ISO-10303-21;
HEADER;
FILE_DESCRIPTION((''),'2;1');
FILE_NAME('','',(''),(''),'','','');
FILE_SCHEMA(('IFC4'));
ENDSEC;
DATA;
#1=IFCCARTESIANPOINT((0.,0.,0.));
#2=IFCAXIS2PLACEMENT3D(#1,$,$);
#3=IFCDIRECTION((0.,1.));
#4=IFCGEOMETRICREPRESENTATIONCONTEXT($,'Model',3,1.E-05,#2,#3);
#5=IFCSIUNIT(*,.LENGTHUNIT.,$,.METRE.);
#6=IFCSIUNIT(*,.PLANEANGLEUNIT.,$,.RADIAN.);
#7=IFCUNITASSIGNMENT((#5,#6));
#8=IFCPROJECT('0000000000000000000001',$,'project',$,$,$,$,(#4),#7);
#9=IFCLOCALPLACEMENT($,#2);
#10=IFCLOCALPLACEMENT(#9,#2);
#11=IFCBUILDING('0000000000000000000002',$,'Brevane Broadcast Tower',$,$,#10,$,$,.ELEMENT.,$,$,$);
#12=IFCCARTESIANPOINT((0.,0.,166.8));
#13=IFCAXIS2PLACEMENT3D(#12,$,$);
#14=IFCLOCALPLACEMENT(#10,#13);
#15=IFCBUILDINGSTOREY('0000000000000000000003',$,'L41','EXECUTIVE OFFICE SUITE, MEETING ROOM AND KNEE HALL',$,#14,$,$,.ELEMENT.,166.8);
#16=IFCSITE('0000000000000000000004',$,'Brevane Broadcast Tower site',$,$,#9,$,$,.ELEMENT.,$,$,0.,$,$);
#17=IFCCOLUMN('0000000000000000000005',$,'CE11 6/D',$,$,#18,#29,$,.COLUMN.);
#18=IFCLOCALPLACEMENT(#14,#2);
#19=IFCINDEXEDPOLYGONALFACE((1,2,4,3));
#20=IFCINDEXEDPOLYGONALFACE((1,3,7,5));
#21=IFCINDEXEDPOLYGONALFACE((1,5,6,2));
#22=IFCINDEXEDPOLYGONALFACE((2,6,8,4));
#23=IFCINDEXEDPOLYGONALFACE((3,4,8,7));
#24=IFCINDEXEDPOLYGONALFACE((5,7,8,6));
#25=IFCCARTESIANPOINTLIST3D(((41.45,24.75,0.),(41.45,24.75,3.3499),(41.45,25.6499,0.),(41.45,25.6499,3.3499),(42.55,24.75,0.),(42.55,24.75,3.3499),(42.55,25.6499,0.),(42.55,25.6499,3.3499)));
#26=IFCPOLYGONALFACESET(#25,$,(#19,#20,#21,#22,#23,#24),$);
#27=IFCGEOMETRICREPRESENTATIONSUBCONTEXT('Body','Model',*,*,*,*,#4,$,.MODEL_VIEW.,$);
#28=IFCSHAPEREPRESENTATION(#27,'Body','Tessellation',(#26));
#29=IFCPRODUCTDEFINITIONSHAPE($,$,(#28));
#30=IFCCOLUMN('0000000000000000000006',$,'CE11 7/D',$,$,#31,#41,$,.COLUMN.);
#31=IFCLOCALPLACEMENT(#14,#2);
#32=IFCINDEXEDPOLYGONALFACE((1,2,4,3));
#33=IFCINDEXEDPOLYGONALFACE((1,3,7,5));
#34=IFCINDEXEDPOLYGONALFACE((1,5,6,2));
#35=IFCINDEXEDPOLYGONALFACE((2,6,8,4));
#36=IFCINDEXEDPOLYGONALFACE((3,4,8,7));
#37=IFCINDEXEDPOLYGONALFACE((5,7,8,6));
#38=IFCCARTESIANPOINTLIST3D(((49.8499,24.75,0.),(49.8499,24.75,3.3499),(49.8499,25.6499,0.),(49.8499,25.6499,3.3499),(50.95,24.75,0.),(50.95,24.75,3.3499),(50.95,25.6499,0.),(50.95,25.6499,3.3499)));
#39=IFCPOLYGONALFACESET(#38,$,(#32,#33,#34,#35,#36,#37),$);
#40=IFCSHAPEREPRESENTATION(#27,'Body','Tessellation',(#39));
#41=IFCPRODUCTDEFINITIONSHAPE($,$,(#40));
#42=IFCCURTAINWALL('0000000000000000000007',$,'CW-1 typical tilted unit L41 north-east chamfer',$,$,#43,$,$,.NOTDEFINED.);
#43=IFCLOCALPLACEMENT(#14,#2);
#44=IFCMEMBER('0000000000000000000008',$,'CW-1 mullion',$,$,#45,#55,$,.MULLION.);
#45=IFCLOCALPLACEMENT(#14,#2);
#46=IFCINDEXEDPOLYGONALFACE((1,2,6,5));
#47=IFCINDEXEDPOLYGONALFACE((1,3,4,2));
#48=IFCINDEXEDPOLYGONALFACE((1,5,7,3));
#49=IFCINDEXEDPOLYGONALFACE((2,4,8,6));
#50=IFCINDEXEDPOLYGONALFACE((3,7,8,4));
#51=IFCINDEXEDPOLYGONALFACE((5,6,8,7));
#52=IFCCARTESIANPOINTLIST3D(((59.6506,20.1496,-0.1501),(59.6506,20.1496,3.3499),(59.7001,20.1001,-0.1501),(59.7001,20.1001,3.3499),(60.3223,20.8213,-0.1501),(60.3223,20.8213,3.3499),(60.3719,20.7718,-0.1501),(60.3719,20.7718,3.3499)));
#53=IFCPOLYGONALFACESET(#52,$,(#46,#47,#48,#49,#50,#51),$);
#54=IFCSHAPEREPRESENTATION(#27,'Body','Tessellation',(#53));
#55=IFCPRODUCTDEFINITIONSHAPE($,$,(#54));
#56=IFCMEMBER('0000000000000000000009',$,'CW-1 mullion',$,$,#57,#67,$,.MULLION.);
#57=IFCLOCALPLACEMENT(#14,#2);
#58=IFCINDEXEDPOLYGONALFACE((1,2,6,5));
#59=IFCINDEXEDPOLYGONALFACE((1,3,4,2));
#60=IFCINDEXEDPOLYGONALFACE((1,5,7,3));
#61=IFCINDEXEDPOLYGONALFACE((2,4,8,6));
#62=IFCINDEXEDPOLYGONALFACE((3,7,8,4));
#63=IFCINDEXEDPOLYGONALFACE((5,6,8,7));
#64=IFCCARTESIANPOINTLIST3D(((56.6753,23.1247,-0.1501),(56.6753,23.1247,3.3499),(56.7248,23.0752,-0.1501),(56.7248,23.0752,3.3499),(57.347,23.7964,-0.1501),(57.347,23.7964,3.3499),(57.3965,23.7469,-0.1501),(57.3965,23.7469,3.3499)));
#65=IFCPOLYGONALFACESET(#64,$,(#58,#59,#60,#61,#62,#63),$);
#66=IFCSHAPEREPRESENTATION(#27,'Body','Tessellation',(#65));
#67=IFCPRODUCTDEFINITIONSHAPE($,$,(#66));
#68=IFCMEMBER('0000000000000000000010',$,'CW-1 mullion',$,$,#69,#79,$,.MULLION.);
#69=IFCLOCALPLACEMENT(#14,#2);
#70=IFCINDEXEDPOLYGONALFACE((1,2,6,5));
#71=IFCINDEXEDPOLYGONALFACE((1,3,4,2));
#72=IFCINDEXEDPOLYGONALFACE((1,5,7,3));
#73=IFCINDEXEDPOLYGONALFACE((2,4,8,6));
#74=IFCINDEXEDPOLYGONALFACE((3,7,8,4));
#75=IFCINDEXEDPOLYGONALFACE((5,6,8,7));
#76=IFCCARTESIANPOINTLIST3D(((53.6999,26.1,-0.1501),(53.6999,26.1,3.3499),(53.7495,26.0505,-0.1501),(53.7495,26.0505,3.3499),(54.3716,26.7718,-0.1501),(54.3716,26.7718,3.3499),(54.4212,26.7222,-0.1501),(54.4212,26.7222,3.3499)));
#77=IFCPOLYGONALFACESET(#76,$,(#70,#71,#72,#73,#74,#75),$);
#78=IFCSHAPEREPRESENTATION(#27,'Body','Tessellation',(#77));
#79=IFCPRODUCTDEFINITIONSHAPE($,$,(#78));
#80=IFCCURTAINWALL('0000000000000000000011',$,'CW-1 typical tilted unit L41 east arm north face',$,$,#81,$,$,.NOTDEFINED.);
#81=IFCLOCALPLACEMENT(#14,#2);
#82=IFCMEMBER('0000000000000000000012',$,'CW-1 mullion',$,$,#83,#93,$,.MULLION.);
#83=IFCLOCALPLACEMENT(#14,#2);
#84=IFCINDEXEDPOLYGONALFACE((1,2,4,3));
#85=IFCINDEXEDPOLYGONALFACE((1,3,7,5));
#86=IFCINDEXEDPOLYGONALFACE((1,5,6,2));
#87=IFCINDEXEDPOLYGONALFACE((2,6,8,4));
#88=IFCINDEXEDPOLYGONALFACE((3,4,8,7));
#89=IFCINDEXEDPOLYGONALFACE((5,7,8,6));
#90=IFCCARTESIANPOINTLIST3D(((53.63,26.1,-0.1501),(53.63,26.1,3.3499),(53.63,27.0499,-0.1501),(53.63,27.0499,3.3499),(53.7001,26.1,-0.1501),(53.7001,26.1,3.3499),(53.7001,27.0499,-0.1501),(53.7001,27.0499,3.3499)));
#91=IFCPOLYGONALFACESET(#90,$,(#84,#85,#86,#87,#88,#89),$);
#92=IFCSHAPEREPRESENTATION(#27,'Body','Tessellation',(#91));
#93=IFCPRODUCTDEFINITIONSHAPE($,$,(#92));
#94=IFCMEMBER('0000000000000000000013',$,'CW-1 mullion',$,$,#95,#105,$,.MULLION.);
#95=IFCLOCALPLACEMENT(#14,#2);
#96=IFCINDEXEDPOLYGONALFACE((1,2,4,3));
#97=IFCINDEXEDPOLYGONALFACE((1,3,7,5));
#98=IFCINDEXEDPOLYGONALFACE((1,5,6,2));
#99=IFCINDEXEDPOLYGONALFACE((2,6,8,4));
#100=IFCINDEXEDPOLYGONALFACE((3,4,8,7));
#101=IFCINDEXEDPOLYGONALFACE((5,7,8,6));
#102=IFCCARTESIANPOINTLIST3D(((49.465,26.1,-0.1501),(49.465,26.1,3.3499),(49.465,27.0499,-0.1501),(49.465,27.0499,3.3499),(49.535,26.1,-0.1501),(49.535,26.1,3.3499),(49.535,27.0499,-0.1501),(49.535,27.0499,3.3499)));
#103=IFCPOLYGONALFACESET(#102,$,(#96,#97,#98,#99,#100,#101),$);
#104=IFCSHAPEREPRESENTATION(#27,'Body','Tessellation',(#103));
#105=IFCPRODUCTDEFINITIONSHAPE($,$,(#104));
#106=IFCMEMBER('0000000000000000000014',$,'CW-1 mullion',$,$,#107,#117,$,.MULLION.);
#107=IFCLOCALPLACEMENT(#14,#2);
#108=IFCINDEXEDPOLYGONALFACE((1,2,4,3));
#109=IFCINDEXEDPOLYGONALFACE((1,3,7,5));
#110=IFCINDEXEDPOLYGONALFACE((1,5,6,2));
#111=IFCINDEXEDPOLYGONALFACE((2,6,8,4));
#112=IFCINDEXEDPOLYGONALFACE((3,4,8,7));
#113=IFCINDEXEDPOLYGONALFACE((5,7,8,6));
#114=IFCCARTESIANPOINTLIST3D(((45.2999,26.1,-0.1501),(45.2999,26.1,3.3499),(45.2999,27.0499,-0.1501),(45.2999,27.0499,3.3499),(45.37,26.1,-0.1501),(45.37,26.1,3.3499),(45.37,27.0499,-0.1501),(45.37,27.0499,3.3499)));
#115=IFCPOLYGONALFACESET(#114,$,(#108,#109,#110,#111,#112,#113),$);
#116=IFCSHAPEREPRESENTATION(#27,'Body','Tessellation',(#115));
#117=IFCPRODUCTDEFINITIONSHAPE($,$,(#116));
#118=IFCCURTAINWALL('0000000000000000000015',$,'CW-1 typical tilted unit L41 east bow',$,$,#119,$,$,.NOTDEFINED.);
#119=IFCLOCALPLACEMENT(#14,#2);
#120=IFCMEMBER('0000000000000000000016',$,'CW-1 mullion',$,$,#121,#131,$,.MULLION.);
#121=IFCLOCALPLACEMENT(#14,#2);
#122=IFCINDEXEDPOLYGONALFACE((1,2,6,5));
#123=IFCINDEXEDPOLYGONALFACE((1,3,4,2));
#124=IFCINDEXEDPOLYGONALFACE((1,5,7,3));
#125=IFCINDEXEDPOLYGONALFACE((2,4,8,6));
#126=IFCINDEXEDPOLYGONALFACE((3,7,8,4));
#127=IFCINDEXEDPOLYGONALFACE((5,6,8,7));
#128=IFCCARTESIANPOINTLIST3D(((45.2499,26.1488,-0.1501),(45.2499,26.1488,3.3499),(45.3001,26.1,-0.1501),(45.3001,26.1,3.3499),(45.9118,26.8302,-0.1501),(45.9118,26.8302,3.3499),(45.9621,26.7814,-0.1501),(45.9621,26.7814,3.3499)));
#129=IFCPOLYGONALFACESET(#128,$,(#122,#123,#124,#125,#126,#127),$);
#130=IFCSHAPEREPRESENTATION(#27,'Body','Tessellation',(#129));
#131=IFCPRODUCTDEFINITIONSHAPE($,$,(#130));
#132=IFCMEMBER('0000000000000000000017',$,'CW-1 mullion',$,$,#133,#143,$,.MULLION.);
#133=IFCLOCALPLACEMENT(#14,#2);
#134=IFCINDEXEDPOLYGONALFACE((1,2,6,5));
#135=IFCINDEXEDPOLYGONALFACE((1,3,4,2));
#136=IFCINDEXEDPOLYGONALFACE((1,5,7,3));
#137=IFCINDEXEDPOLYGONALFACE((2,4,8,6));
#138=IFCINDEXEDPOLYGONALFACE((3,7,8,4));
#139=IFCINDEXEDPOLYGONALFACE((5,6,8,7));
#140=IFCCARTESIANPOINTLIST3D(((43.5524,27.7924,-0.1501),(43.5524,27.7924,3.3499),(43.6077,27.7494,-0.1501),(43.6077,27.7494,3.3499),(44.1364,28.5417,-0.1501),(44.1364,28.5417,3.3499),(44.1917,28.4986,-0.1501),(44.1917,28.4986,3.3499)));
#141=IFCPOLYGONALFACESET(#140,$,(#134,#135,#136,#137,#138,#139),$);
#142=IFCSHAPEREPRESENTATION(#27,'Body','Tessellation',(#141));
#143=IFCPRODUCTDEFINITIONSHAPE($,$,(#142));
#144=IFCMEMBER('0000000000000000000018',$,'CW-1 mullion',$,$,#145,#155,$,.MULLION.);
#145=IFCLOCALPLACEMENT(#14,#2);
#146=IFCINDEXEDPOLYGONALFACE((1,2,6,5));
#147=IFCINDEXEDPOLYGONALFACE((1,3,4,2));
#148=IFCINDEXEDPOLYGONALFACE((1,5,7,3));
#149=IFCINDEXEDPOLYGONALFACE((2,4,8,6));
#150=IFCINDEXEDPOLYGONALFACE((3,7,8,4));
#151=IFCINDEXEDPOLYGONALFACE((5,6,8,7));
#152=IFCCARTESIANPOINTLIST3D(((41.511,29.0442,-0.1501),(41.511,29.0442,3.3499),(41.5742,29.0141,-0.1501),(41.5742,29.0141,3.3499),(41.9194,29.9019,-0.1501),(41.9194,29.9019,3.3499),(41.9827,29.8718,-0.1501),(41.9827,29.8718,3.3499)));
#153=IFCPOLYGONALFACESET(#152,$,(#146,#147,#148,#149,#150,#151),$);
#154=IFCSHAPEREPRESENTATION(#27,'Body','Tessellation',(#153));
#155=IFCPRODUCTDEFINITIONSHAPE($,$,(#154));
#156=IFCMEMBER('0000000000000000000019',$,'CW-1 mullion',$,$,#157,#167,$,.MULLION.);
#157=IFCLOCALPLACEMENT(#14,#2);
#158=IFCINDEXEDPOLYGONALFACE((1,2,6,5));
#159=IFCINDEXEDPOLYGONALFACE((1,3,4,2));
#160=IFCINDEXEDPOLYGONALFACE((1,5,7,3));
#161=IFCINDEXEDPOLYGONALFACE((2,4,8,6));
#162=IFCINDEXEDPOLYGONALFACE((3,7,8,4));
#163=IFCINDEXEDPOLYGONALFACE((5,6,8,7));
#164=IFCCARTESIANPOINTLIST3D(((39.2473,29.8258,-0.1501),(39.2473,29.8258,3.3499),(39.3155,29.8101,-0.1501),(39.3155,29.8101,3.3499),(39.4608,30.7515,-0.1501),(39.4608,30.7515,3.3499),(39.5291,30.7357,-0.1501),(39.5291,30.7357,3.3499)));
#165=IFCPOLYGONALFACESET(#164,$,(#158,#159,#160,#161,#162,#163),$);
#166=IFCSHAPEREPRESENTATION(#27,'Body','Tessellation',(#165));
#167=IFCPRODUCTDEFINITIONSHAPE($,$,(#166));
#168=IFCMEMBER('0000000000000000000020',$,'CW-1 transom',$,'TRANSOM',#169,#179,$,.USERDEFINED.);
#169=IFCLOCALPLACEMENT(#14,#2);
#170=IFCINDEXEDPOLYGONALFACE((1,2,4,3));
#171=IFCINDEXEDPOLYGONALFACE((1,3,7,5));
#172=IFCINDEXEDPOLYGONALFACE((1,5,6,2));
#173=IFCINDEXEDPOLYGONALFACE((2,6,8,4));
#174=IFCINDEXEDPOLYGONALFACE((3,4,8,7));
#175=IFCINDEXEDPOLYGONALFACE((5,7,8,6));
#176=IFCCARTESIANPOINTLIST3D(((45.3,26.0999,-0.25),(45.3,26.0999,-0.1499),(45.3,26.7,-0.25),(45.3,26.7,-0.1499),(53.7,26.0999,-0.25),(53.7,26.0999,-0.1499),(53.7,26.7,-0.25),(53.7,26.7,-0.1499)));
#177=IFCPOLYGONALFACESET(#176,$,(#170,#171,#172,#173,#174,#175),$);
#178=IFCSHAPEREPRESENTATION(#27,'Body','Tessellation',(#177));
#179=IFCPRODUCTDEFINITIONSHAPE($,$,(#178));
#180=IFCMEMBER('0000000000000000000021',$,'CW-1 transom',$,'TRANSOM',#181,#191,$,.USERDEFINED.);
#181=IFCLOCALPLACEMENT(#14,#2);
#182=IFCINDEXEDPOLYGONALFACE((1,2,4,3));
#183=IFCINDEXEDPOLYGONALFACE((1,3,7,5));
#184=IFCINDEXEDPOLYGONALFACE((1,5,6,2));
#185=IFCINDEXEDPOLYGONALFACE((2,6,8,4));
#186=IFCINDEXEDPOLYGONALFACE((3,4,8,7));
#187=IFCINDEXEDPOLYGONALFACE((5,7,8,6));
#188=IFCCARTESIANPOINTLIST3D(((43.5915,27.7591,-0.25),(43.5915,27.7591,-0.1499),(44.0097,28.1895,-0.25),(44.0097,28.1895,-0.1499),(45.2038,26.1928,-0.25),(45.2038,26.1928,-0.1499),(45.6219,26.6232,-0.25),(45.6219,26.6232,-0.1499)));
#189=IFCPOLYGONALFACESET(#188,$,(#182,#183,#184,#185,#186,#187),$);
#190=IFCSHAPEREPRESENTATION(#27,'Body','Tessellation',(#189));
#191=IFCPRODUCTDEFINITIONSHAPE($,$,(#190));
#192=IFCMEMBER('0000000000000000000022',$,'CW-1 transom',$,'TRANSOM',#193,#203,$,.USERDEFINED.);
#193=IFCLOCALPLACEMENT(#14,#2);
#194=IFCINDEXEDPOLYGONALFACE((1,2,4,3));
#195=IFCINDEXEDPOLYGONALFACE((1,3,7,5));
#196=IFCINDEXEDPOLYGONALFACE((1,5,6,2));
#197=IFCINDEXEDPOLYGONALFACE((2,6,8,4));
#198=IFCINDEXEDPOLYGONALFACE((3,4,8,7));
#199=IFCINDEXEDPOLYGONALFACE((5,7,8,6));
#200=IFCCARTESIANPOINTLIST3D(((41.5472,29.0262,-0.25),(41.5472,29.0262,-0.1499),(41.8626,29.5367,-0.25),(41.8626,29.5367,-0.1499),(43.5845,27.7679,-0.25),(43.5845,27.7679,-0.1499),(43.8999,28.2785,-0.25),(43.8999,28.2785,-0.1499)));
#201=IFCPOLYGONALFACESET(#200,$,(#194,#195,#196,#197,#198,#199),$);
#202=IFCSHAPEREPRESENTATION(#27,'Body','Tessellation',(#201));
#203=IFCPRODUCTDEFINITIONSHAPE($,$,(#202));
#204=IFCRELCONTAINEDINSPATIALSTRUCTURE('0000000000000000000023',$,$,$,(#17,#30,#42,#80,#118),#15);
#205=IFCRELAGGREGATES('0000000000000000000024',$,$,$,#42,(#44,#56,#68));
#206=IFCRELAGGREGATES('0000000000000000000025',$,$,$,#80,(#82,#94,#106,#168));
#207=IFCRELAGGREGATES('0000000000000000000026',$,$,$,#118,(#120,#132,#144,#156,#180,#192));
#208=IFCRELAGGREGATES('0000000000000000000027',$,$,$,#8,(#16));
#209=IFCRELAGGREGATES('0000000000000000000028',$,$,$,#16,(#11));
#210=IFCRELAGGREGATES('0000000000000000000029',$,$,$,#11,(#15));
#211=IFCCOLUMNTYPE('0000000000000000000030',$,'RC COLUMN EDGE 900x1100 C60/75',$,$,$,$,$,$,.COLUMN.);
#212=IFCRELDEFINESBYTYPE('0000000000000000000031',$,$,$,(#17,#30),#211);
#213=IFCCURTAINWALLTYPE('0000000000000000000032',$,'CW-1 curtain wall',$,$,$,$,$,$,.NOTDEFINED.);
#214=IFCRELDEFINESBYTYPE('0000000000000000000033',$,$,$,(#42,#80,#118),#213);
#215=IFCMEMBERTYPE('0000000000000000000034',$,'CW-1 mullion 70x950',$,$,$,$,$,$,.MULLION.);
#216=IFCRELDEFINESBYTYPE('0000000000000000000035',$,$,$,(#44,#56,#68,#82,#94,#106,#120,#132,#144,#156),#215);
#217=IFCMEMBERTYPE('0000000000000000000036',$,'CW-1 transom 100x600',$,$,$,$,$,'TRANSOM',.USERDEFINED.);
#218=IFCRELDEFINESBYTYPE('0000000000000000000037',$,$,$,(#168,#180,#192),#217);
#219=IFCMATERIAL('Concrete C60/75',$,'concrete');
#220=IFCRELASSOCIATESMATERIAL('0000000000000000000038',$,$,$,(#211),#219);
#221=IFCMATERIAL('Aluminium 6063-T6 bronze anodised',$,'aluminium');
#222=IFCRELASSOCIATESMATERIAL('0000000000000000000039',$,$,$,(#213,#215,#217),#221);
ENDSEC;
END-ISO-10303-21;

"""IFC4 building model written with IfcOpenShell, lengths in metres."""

from ifc_helpers import new_model, si_unit, direction, frame, origin, origin_2d, place, context, subcontext, project, spatial, rectangle, extrude, material, material_profile, profile_set, type_object, element, aggregate, save


model = new_model("IFC4")

# Units and contexts
model_context = context("Model", 3, precision=1e-05, world=origin(), true_north=direction((0.0, 1.0)))
body_context = subcontext(model_context, "Body", "Model", "MODEL_VIEW")
ifc_project = project(units=[si_unit("LENGTHUNIT", "METRE"), si_unit("PLANEANGLEUNIT", "RADIAN")], contexts=[model_context])

# Site, building, storey
site_placement = place(None, origin())
site = spatial("IfcSite", under=ifc_project, at=site_placement, Name="Brevane Broadcast Tower site", CompositionType="ELEMENT", RefElevation=0.0)
building_placement = place(site_placement, origin())
building = spatial("IfcBuilding", under=site, at=building_placement, Name="Brevane Broadcast Tower", CompositionType="ELEMENT")
storey_placement = place(building_placement, frame((0.0, 0.0, 166.8)))
storey = spatial("IfcBuildingStorey", under=building, at=storey_placement, Name="L41", Description="EXECUTIVE OFFICE SUITE, MEETING ROOM AND KNEE HALL", CompositionType="ELEMENT", Elevation=166.8)

# Columns
ifc_material_1 = material(Name="Concrete C60/75", Category="concrete")
ifc_material_profile_1 = material_profile(ifc_material_1, rectangle(XDim=0.8999, YDim=1.1001, at=origin_2d()), Name="RC 900x1100")
ifc_profile_set_1 = profile_set([ifc_material_profile_1], Name="Concrete C60/75")
column_type = type_object("IfcColumnType", Name="RC COLUMN EDGE 900x1100 C60/75", PredefinedType="COLUMN", material=ifc_profile_set_1)
for number, where, z_axis, x_axis, name in (
    (1, (42.0, 25.2, 0.0), (0.0, 0.0, 1.0), (0.0, 1.0, 0.0), "CE11 6/D"),
    (2, (50.3999, 25.2, 0.0), (0.0, 0.0, 1.0), (0.0, 1.0, 0.0), "CE11 7/D"),
):
    element("IfcColumn", number, at=place(storey_placement, frame(where, z_axis=z_axis, x_axis=x_axis)), inside=storey, type_object=column_type, Name=name, PredefinedType="COLUMN", context=body_context, shape_type="SweptSolid", body=[
        extrude(rectangle(XDim=0.8999, YDim=1.1001, at=origin_2d()), origin(), (0.0, 0.0, 1.0), 3.3499),
    ])

# Curtain walls, members
ifc_material_2 = material(Name="Aluminium 6063-T6 bronze anodised", Category="aluminium")
curtain_wall_type = type_object("IfcCurtainWallType", Name="CW-1 curtain wall", PredefinedType="NOTDEFINED", material=ifc_material_2)
curtain_wall_1_placement = place(storey_placement, origin())
curtain_wall_1 = element("IfcCurtainWall", 3, at=curtain_wall_1_placement, inside=storey, type_object=curtain_wall_type, Name="CW-1 typical tilted unit L41 north-east chamfer", PredefinedType="NOTDEFINED")
ifc_material_profile_2 = material_profile(ifc_material_2, rectangle(XDim=0.95, YDim=0.0701, at=origin_2d()), Name="RECT 70x950")
ifc_profile_set_2 = profile_set([ifc_material_profile_2], Name="Aluminium 6063-T6 bronze anodised")
member_type_1 = type_object("IfcMemberType", Name="CW-1 mullion 70x950", PredefinedType="MULLION", material=ifc_profile_set_2)
member_1_placement = place(storey_placement, frame((60.0112, 20.4607, -0.1501), z_axis=(0.0, 0.0, 1.0), x_axis=(-0.707107, -0.707107, 0.0)))
member_1 = element("IfcMember", 4, at=member_1_placement, type_object=member_type_1, Name="CW-1 mullion", PredefinedType="MULLION", context=body_context, shape_type="SweptSolid", body=[
    extrude(rectangle(XDim=0.95, YDim=0.0701, at=origin_2d()), origin(), (0.0, 0.0, 1.0), 3.5),
])
member_2_placement = place(storey_placement, frame((57.0359, 23.4358, -0.1501), z_axis=(0.0, 0.0, 1.0), x_axis=(-0.707107, -0.707107, 0.0)))
member_2 = element("IfcMember", 5, at=member_2_placement, type_object=member_type_1, Name="CW-1 mullion", PredefinedType="MULLION", context=body_context, shape_type="SweptSolid", body=[
    extrude(rectangle(XDim=0.95, YDim=0.0701, at=origin_2d()), origin(), (0.0, 0.0, 1.0), 3.5),
])
member_3_placement = place(storey_placement, frame((54.0605, 26.4111, -0.1501), z_axis=(0.0, 0.0, 1.0), x_axis=(-0.707107, -0.707107, 0.0)))
member_3 = element("IfcMember", 6, at=member_3_placement, type_object=member_type_1, Name="CW-1 mullion", PredefinedType="MULLION", context=body_context, shape_type="SweptSolid", body=[
    extrude(rectangle(XDim=0.95, YDim=0.0701, at=origin_2d()), origin(), (0.0, 0.0, 1.0), 3.5),
])
aggregate(curtain_wall_1, [member_1, member_2, member_3])
curtain_wall_2_placement = place(storey_placement, origin())
curtain_wall_2 = element("IfcCurtainWall", 7, at=curtain_wall_2_placement, inside=storey, type_object=curtain_wall_type, Name="CW-1 typical tilted unit L41 east arm north face", PredefinedType="NOTDEFINED")
member_4_placement = place(storey_placement, frame((53.665, 26.575, -0.1501), z_axis=(0.0, 0.0, 1.0), x_axis=(0.0, -1.0, 0.0)))
member_4 = element("IfcMember", 8, at=member_4_placement, type_object=member_type_1, Name="CW-1 mullion", PredefinedType="MULLION", context=body_context, shape_type="SweptSolid", body=[
    extrude(rectangle(XDim=0.95, YDim=0.0701, at=origin_2d()), origin(), (0.0, 0.0, 1.0), 3.5),
])
member_5_placement = place(storey_placement, frame((49.5, 26.575, -0.1501), z_axis=(0.0, 0.0, 1.0), x_axis=(0.0, -1.0, 0.0)))
member_5 = element("IfcMember", 9, at=member_5_placement, type_object=member_type_1, Name="CW-1 mullion", PredefinedType="MULLION", context=body_context, shape_type="SweptSolid", body=[
    extrude(rectangle(XDim=0.95, YDim=0.0701, at=origin_2d()), origin(), (0.0, 0.0, 1.0), 3.5),
])
member_6_placement = place(storey_placement, frame((45.335, 26.575, -0.1501), z_axis=(0.0, 0.0, 1.0), x_axis=(0.0, -1.0, 0.0)))
member_6 = element("IfcMember", 10, at=member_6_placement, type_object=member_type_1, Name="CW-1 mullion", PredefinedType="MULLION", context=body_context, shape_type="SweptSolid", body=[
    extrude(rectangle(XDim=0.95, YDim=0.0701, at=origin_2d()), origin(), (0.0, 0.0, 1.0), 3.5),
])
curtain_wall_3_placement = place(storey_placement, origin())
curtain_wall_3 = element("IfcCurtainWall", 11, at=curtain_wall_3_placement, inside=storey, type_object=curtain_wall_type, Name="CW-1 typical tilted unit L41 east bow", PredefinedType="NOTDEFINED")
member_7_placement = place(storey_placement, frame((45.606, 26.4651, -0.1501), z_axis=(0.0, 0.0, 1.0), x_axis=(-0.696812, -0.717254, 0.0)))
member_7 = element("IfcMember", 12, at=member_7_placement, type_object=member_type_1, Name="CW-1 mullion", PredefinedType="MULLION", context=body_context, shape_type="SweptSolid", body=[
    extrude(rectangle(XDim=0.95, YDim=0.0701, at=origin_2d()), origin(), (0.0, 0.0, 1.0), 3.5),
])
member_8_placement = place(storey_placement, frame((43.8721, 28.1455, -0.1501), z_axis=(0.0, 0.0, 1.0), x_axis=(-0.61477, -0.788707, 0.0)))
member_8 = element("IfcMember", 13, at=member_8_placement, type_object=member_type_1, Name="CW-1 mullion", PredefinedType="MULLION", context=body_context, shape_type="SweptSolid", body=[
    extrude(rectangle(XDim=0.95, YDim=0.0701, at=origin_2d()), origin(), (0.0, 0.0, 1.0), 3.5),
])
member_9_placement = place(storey_placement, frame((41.7468, 29.458, -0.1501), z_axis=(0.0, 0.0, 1.0), x_axis=(-0.429934, -0.902861, 0.0)))
member_9 = element("IfcMember", 14, at=member_9_placement, type_object=member_type_1, Name="CW-1 mullion", PredefinedType="MULLION", context=body_context, shape_type="SweptSolid", body=[
    extrude(rectangle(XDim=0.95, YDim=0.0701, at=origin_2d()), origin(), (0.0, 0.0, 1.0), 3.5),
])
member_10_placement = place(storey_placement, frame((39.3882, 30.2808, -0.1501), z_axis=(0.0, 0.0, 1.0), x_axis=(-0.224807, -0.974403, 0.0)))
member_10 = element("IfcMember", 15, at=member_10_placement, type_object=member_type_1, Name="CW-1 mullion", PredefinedType="MULLION", context=body_context, shape_type="SweptSolid", body=[
    extrude(rectangle(XDim=0.95, YDim=0.0701, at=origin_2d()), origin(), (0.0, 0.0, 1.0), 3.5),
])

# Members
ifc_material_profile_3 = material_profile(ifc_material_2, rectangle(XDim=0.6001, YDim=0.1001, at=origin_2d()), Name="RECT 100x600")
ifc_profile_set_3 = profile_set([ifc_material_profile_3], Name="Aluminium 6063-T6 bronze anodised")
member_type_2 = type_object("IfcMemberType", Name="CW-1 transom 100x600", ElementType="TRANSOM", PredefinedType="USERDEFINED", material=ifc_profile_set_3)
member_11_placement = place(storey_placement, frame((53.7, 26.3999, -0.2), z_axis=(-1.0, 0.0, 0.0), x_axis=(0.0, -1.0, 0.0)))
member_11 = element("IfcMember", 16, at=member_11_placement, type_object=member_type_2, Name="CW-1 transom", ObjectType="TRANSOM", PredefinedType="USERDEFINED", context=body_context, shape_type="SweptSolid", body=[
    extrude(rectangle(XDim=0.6001, YDim=0.1001, at=origin_2d()), origin(), (0.0, 0.0, 1.0), 8.3999),
])
aggregate(curtain_wall_2, [member_4, member_5, member_6, member_11])
member_12_placement = place(storey_placement, frame((45.4128, 26.408, -0.2), z_axis=(-0.717242, 0.696824, 0.0), x_axis=(-0.696824, -0.717242, 0.0)))
member_12 = element("IfcMember", 17, at=member_12_placement, type_object=member_type_2, Name="CW-1 transom", ObjectType="TRANSOM", PredefinedType="USERDEFINED", context=body_context, shape_type="SweptSolid", body=[
    extrude(rectangle(XDim=0.6001, YDim=0.1001, at=origin_2d()), origin(), (0.0, 0.0, 1.0), 2.2478),
])
member_13_placement = place(storey_placement, frame((43.7422, 28.0232, -0.2), z_axis=(-0.85081, 0.525473, 0.0), x_axis=(-0.525473, -0.85081, 0.0)))
member_13 = element("IfcMember", 18, at=member_13_placement, type_object=member_type_2, Name="CW-1 transom", ObjectType="TRANSOM", PredefinedType="USERDEFINED", context=body_context, shape_type="SweptSolid", body=[
    extrude(rectangle(XDim=0.6001, YDim=0.1001, at=origin_2d()), origin(), (0.0, 0.0, 1.0), 2.3945),
])
aggregate(curtain_wall_3, [member_7, member_8, member_9, member_10, member_12, member_13])

save(model, "model.ifc")
